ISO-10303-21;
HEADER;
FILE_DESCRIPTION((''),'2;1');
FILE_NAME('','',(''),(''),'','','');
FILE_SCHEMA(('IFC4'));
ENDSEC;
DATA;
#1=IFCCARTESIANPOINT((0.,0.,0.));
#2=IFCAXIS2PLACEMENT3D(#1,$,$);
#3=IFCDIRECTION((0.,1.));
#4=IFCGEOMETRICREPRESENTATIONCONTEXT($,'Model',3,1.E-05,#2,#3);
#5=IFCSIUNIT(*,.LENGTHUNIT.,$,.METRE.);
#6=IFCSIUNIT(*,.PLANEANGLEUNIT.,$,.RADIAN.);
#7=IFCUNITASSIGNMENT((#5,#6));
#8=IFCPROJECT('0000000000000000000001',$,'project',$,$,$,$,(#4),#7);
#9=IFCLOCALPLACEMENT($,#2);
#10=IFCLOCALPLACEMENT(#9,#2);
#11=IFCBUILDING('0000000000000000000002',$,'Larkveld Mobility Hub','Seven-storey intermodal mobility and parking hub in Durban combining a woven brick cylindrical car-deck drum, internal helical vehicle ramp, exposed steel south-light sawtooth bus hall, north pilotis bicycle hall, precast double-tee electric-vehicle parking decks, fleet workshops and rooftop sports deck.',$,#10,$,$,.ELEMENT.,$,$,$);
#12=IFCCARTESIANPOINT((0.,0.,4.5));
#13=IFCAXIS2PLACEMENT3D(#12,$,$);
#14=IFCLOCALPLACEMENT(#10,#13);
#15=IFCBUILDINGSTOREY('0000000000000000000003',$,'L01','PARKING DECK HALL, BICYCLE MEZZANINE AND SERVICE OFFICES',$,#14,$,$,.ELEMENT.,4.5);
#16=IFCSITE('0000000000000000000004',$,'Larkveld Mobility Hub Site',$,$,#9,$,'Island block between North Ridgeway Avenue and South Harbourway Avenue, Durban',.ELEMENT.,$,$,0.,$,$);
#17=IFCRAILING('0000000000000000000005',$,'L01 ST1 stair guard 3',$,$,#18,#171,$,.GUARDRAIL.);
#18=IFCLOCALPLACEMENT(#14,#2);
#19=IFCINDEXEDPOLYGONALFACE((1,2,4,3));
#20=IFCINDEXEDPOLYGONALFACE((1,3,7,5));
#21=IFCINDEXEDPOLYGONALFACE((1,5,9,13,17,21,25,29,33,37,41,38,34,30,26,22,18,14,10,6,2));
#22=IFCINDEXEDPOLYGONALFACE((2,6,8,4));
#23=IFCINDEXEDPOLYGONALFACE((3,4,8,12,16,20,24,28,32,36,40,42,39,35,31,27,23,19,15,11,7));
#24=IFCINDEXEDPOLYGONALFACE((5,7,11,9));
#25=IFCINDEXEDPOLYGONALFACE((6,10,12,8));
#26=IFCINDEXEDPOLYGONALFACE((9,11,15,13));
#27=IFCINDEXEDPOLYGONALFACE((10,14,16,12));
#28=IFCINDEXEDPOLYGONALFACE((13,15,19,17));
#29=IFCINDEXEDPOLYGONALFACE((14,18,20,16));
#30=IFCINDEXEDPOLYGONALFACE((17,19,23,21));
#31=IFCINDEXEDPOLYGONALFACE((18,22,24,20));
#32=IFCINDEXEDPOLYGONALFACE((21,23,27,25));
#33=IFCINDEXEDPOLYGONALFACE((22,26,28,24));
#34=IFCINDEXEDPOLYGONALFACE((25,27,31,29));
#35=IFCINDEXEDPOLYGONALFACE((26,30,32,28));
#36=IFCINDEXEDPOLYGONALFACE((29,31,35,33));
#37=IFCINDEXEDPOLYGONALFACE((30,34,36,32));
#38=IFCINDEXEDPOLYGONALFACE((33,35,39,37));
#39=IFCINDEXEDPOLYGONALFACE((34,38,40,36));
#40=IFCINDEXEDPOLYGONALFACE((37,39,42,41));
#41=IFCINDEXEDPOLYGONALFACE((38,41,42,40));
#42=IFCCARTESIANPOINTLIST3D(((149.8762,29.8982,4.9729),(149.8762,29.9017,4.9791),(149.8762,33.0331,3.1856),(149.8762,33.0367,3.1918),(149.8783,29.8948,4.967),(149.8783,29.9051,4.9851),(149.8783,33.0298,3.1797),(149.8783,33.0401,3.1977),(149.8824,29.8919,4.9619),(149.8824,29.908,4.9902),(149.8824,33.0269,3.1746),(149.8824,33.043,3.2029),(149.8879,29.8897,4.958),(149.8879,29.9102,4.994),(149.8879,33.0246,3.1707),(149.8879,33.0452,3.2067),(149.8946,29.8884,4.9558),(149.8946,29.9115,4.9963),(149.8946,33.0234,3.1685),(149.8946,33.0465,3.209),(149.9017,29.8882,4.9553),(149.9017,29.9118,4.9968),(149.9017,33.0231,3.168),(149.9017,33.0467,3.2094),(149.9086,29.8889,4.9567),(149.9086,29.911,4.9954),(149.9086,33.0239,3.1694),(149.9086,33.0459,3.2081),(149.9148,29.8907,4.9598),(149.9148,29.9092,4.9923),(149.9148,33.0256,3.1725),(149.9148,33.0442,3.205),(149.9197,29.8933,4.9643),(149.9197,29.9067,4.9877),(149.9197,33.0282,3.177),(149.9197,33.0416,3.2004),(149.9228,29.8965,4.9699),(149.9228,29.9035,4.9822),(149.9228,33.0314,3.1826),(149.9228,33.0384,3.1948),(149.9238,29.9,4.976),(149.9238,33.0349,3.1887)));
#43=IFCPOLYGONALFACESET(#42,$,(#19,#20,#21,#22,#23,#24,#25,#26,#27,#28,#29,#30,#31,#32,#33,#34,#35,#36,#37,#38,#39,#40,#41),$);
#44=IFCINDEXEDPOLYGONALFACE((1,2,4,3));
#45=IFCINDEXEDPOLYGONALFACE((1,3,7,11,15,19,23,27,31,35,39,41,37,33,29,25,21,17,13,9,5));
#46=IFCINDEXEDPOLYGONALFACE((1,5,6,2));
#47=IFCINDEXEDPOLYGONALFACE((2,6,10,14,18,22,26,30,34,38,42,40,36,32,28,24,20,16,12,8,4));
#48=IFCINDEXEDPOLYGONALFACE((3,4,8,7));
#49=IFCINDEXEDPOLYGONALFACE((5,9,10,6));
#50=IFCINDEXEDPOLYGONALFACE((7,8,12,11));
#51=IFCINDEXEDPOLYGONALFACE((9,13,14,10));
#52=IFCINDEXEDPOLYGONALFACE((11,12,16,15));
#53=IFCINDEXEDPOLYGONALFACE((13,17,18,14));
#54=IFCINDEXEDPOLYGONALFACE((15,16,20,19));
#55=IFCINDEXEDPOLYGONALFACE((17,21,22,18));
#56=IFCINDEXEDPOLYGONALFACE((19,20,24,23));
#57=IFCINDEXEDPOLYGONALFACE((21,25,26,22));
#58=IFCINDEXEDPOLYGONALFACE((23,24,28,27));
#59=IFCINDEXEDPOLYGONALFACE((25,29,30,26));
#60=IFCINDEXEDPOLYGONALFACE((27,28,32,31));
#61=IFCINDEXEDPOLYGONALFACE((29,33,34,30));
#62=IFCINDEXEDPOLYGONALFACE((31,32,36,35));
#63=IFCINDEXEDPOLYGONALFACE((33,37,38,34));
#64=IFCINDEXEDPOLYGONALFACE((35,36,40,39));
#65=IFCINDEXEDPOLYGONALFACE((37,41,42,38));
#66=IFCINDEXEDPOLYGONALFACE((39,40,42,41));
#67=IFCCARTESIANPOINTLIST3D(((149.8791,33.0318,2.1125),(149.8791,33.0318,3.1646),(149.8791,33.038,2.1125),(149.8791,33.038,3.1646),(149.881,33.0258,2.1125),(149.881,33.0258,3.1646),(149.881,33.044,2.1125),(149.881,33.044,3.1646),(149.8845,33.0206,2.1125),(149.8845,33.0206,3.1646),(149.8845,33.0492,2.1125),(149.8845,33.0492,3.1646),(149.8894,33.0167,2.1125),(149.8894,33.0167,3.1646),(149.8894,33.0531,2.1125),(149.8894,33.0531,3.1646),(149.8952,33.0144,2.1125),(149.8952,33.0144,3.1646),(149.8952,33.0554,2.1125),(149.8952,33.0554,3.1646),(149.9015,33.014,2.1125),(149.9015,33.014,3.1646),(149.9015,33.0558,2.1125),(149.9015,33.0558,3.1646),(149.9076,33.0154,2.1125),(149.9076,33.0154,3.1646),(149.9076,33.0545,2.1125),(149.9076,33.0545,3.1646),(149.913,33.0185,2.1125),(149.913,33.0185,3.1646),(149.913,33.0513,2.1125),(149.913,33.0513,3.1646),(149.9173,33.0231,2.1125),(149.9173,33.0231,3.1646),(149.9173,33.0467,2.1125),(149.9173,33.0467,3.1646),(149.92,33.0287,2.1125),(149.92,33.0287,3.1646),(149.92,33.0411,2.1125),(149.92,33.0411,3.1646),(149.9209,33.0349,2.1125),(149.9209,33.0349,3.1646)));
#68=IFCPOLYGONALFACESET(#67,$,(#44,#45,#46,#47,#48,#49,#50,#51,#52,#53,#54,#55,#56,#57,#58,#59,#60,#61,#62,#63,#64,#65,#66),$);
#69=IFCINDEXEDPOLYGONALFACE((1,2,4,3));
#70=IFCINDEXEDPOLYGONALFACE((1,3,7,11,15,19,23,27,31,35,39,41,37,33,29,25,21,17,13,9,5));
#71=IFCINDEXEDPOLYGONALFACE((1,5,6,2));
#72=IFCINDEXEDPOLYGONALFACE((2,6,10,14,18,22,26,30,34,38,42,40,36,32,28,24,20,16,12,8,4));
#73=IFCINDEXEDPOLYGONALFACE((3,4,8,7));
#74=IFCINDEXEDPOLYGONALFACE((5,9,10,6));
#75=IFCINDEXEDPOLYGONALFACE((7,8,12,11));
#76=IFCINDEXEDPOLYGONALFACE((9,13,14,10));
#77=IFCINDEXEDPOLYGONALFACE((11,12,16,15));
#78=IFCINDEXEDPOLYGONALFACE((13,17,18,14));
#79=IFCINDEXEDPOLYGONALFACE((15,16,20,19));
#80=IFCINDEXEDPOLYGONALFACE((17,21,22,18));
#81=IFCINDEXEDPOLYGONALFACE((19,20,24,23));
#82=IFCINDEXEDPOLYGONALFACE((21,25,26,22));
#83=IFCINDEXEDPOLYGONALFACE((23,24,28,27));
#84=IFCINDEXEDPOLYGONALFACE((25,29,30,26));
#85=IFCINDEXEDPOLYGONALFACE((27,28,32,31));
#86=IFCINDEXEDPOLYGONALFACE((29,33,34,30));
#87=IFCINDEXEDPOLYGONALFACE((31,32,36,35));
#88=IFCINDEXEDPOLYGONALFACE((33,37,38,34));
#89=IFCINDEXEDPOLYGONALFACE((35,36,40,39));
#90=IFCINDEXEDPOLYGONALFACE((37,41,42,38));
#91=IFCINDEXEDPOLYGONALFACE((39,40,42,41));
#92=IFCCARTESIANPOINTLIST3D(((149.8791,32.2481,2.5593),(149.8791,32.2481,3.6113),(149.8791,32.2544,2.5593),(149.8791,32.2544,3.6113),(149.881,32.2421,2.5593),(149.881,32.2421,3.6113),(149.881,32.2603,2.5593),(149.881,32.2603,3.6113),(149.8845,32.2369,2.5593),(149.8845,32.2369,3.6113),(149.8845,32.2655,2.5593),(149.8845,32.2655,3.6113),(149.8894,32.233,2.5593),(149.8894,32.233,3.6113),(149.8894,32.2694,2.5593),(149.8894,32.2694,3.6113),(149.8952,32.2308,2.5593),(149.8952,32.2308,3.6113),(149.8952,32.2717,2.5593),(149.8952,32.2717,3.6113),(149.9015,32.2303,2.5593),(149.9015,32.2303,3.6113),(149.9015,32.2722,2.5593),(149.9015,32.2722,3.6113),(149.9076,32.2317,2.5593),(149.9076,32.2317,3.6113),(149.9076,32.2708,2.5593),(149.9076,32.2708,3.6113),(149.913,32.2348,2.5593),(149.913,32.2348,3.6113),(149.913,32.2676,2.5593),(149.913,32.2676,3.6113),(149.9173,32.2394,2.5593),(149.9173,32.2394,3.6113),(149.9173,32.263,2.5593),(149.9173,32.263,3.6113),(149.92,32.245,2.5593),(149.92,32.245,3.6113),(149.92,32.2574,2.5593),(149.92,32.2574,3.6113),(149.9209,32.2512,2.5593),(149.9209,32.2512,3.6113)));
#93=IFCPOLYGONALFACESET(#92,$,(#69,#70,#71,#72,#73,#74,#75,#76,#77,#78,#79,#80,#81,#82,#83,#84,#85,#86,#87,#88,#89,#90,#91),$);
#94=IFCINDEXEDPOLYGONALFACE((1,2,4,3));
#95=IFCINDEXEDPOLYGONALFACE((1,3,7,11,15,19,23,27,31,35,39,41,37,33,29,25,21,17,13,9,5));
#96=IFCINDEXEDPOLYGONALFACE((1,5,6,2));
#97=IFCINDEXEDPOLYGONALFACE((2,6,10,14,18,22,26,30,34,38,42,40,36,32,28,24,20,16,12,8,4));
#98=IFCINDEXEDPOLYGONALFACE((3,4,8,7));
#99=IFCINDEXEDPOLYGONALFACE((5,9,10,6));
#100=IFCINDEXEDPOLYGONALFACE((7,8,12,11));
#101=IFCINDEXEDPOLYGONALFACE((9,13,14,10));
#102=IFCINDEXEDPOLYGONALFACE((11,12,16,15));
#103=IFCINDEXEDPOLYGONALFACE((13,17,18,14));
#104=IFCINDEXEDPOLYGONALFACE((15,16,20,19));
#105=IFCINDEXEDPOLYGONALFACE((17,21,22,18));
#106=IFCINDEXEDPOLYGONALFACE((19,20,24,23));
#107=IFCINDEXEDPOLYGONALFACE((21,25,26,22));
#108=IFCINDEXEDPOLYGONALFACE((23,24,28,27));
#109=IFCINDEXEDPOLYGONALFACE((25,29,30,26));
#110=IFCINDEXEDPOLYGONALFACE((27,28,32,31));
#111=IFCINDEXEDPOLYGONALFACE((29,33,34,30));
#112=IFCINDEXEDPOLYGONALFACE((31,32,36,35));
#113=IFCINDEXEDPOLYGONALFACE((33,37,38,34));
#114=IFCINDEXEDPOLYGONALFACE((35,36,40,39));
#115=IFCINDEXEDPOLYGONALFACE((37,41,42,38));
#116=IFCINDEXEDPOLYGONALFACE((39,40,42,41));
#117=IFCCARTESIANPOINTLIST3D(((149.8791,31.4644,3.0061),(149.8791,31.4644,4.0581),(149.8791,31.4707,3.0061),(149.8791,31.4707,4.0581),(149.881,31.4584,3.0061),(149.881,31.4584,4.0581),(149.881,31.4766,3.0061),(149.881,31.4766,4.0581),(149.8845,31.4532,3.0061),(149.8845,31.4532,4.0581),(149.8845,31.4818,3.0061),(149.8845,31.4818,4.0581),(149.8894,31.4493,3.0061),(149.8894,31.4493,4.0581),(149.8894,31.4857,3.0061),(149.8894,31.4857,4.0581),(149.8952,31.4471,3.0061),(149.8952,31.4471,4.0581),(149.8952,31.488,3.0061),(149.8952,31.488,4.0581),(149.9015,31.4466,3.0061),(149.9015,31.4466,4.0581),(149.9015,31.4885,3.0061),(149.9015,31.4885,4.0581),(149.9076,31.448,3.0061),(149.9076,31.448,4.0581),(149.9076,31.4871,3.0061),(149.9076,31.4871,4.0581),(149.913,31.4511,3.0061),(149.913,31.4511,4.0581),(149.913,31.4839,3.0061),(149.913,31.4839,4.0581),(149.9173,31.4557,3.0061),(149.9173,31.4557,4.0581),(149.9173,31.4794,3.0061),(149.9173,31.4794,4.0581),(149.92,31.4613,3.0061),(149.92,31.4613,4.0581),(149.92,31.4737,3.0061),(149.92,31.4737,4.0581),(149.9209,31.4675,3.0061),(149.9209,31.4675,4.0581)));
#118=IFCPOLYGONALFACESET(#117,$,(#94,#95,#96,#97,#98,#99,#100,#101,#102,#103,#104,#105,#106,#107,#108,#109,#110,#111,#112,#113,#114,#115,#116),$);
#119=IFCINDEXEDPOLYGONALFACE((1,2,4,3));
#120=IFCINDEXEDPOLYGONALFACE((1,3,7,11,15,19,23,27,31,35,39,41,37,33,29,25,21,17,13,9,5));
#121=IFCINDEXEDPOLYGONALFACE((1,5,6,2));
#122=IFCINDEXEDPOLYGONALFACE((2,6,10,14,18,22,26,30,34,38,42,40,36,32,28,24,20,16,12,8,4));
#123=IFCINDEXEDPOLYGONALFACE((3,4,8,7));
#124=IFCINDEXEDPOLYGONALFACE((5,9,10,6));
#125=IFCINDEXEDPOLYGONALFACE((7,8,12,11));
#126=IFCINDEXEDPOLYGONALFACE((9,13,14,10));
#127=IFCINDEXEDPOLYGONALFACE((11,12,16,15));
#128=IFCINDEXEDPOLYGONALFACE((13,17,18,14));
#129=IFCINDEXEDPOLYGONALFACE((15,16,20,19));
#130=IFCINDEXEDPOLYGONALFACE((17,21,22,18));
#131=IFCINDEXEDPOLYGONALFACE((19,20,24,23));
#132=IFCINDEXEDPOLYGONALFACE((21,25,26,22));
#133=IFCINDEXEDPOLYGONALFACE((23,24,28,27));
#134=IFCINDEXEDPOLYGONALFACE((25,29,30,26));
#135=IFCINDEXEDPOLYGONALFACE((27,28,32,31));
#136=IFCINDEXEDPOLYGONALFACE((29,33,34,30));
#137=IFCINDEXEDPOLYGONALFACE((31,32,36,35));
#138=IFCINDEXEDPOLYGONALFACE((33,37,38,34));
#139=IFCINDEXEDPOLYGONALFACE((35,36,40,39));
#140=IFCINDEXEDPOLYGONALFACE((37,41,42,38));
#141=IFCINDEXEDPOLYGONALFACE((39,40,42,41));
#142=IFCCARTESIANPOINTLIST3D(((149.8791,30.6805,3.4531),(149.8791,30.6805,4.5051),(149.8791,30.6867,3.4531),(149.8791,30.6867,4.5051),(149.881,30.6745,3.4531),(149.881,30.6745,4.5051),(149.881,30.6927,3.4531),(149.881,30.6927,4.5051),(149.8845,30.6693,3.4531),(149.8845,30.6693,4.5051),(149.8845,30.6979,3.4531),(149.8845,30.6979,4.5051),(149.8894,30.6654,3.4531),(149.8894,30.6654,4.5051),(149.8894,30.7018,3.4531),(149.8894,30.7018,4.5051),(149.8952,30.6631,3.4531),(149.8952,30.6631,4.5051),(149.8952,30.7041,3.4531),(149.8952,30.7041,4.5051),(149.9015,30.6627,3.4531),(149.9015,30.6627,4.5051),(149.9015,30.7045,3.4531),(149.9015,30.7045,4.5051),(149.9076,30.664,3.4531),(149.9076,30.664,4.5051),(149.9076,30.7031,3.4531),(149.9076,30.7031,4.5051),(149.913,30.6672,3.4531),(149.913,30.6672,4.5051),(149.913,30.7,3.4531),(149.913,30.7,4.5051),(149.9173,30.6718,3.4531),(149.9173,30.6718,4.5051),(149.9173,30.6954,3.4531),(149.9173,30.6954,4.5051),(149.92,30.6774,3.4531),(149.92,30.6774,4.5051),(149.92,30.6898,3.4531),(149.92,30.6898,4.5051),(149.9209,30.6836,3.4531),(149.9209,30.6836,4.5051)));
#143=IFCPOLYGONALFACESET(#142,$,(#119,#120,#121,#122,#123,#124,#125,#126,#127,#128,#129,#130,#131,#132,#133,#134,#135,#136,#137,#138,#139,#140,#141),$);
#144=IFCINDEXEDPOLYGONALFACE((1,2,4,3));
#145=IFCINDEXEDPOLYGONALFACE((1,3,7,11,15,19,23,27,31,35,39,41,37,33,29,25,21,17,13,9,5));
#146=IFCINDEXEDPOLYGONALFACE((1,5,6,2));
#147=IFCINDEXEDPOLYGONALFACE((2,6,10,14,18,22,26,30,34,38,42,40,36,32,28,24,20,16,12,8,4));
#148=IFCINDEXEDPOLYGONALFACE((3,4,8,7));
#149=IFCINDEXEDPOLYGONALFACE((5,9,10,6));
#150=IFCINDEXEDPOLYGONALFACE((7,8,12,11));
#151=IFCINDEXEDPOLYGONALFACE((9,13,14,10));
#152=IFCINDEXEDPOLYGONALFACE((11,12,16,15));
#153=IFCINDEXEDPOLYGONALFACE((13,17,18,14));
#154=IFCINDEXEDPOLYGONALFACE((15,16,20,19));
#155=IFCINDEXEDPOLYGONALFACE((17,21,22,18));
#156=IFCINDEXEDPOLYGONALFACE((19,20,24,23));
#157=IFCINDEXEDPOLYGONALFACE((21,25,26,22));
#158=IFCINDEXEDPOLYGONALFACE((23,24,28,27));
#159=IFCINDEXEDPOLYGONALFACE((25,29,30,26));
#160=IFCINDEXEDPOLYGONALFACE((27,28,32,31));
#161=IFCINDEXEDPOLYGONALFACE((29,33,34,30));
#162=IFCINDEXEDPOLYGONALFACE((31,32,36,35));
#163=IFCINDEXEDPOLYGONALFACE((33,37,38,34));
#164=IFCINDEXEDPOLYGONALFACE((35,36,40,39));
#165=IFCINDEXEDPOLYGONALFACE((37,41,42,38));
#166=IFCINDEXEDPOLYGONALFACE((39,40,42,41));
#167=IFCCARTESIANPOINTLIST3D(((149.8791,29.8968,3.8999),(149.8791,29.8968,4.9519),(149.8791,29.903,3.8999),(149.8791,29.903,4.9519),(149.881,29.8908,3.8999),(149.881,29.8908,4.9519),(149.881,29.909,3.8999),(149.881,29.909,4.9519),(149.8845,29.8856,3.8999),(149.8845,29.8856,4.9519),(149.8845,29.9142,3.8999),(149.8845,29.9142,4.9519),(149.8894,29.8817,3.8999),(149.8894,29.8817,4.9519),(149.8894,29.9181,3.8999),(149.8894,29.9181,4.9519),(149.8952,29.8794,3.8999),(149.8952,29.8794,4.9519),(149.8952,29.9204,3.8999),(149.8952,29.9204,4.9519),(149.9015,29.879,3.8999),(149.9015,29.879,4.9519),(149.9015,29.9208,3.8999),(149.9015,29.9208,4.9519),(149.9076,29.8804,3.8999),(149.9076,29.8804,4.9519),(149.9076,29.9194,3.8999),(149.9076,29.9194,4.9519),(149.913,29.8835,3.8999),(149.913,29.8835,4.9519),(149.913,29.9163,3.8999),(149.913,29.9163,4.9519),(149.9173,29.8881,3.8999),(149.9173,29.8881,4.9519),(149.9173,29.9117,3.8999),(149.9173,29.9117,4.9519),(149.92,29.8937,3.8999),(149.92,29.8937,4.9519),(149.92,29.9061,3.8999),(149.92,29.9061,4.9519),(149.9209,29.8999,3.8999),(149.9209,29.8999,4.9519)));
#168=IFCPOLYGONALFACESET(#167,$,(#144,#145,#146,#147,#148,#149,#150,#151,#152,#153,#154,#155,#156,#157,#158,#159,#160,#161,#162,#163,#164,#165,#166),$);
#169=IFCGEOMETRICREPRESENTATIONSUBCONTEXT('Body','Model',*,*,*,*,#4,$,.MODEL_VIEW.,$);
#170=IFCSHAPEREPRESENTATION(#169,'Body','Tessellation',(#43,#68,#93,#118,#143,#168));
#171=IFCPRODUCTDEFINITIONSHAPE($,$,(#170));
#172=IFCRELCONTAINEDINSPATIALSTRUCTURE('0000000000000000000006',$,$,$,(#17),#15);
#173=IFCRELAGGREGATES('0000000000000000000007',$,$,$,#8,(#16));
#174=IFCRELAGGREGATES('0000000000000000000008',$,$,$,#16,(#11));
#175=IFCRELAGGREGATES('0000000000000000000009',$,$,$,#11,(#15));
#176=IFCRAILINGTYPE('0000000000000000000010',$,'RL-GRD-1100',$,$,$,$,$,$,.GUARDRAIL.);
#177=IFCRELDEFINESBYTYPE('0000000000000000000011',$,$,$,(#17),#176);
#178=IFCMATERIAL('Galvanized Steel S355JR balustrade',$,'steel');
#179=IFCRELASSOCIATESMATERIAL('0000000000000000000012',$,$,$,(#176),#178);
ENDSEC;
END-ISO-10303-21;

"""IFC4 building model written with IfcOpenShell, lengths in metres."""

from ifc_helpers import new_model, si_unit, direction, frame, origin, origin_2d, place, context, subcontext, project, spatial, circle, extrude, material, type_object, element, save


model = new_model("IFC4")

# Units and contexts
model_context = context("Model", 3, precision=1e-05, world=origin(), true_north=direction((0.0, 1.0)))
body_context = subcontext(model_context, "Body", "Model", "MODEL_VIEW")
ifc_project = project(units=[si_unit("LENGTHUNIT", "METRE"), si_unit("PLANEANGLEUNIT", "RADIAN")], contexts=[model_context])

# Site, building, storey
site_placement = place(None, origin())
site = spatial("IfcSite", under=ifc_project, at=site_placement, Name="Larkveld Mobility Hub Site", LongName="Island block between North Ridgeway Avenue and South Harbourway Avenue, Durban", CompositionType="ELEMENT", RefElevation=0.0)
building_placement = place(site_placement, origin())
building = spatial("IfcBuilding", under=site, at=building_placement, Name="Larkveld Mobility Hub", Description="Seven-storey intermodal mobility and parking hub in Durban combining a woven brick cylindrical car-deck drum, internal helical vehicle ramp, exposed steel south-light sawtooth bus hall, north pilotis bicycle hall, precast double-tee electric-vehicle parking decks, fleet workshops and rooftop sports deck.", CompositionType="ELEMENT")
storey_placement = place(building_placement, frame((0.0, 0.0, 4.5)))
storey = spatial("IfcBuildingStorey", under=building, at=storey_placement, Name="L01", Description="PARKING DECK HALL, BICYCLE MEZZANINE AND SERVICE OFFICES", CompositionType="ELEMENT", Elevation=4.5)

# Railing
ifc_material_1 = material(Name="Galvanized Steel S355JR balustrade", Category="steel")
railing_type_1 = type_object("IfcRailingType", Name="RL-GRD-1100", PredefinedType="GUARDRAIL", material=ifc_material_1)
railing_1_placement = place(storey_placement, frame((149.8999, 33.0349, 2.1125)))
element("IfcRailing", 1, at=railing_1_placement, inside=storey, type_object=railing_type_1, Name="L01 ST1 stair guard 3", PredefinedType="GUARDRAIL", context=body_context, shape_type="SweptSolid", body=[
    extrude(circle(Radius=0.0239, at=origin_2d()), frame((0.0, 0.0, 1.0762), z_axis=(0.0, -0.86873, 0.495286), x_axis=(1.0, 0.0, 0.0)), (0.0, 0.0, 1.0), 3.6086),
    extrude(circle(Radius=0.021, at=origin_2d()), origin(), (0.0, 0.0, 1.0), 1.052),
    extrude(circle(Radius=0.021, at=origin_2d()), frame((0.0, -0.7837, 0.4468)), (0.0, 0.0, 1.0), 1.052),
    extrude(circle(Radius=0.021, at=origin_2d()), frame((0.0, -1.5674, 0.8936)), (0.0, 0.0, 1.0), 1.052),
    extrude(circle(Radius=0.021, at=origin_2d()), frame((0.0, -2.3513, 1.3406)), (0.0, 0.0, 1.0), 1.052),
    extrude(circle(Radius=0.021, at=origin_2d()), frame((0.0, -3.135, 1.7874)), (0.0, 0.0, 1.0), 1.052),
])

save(model, "model.ifc")
